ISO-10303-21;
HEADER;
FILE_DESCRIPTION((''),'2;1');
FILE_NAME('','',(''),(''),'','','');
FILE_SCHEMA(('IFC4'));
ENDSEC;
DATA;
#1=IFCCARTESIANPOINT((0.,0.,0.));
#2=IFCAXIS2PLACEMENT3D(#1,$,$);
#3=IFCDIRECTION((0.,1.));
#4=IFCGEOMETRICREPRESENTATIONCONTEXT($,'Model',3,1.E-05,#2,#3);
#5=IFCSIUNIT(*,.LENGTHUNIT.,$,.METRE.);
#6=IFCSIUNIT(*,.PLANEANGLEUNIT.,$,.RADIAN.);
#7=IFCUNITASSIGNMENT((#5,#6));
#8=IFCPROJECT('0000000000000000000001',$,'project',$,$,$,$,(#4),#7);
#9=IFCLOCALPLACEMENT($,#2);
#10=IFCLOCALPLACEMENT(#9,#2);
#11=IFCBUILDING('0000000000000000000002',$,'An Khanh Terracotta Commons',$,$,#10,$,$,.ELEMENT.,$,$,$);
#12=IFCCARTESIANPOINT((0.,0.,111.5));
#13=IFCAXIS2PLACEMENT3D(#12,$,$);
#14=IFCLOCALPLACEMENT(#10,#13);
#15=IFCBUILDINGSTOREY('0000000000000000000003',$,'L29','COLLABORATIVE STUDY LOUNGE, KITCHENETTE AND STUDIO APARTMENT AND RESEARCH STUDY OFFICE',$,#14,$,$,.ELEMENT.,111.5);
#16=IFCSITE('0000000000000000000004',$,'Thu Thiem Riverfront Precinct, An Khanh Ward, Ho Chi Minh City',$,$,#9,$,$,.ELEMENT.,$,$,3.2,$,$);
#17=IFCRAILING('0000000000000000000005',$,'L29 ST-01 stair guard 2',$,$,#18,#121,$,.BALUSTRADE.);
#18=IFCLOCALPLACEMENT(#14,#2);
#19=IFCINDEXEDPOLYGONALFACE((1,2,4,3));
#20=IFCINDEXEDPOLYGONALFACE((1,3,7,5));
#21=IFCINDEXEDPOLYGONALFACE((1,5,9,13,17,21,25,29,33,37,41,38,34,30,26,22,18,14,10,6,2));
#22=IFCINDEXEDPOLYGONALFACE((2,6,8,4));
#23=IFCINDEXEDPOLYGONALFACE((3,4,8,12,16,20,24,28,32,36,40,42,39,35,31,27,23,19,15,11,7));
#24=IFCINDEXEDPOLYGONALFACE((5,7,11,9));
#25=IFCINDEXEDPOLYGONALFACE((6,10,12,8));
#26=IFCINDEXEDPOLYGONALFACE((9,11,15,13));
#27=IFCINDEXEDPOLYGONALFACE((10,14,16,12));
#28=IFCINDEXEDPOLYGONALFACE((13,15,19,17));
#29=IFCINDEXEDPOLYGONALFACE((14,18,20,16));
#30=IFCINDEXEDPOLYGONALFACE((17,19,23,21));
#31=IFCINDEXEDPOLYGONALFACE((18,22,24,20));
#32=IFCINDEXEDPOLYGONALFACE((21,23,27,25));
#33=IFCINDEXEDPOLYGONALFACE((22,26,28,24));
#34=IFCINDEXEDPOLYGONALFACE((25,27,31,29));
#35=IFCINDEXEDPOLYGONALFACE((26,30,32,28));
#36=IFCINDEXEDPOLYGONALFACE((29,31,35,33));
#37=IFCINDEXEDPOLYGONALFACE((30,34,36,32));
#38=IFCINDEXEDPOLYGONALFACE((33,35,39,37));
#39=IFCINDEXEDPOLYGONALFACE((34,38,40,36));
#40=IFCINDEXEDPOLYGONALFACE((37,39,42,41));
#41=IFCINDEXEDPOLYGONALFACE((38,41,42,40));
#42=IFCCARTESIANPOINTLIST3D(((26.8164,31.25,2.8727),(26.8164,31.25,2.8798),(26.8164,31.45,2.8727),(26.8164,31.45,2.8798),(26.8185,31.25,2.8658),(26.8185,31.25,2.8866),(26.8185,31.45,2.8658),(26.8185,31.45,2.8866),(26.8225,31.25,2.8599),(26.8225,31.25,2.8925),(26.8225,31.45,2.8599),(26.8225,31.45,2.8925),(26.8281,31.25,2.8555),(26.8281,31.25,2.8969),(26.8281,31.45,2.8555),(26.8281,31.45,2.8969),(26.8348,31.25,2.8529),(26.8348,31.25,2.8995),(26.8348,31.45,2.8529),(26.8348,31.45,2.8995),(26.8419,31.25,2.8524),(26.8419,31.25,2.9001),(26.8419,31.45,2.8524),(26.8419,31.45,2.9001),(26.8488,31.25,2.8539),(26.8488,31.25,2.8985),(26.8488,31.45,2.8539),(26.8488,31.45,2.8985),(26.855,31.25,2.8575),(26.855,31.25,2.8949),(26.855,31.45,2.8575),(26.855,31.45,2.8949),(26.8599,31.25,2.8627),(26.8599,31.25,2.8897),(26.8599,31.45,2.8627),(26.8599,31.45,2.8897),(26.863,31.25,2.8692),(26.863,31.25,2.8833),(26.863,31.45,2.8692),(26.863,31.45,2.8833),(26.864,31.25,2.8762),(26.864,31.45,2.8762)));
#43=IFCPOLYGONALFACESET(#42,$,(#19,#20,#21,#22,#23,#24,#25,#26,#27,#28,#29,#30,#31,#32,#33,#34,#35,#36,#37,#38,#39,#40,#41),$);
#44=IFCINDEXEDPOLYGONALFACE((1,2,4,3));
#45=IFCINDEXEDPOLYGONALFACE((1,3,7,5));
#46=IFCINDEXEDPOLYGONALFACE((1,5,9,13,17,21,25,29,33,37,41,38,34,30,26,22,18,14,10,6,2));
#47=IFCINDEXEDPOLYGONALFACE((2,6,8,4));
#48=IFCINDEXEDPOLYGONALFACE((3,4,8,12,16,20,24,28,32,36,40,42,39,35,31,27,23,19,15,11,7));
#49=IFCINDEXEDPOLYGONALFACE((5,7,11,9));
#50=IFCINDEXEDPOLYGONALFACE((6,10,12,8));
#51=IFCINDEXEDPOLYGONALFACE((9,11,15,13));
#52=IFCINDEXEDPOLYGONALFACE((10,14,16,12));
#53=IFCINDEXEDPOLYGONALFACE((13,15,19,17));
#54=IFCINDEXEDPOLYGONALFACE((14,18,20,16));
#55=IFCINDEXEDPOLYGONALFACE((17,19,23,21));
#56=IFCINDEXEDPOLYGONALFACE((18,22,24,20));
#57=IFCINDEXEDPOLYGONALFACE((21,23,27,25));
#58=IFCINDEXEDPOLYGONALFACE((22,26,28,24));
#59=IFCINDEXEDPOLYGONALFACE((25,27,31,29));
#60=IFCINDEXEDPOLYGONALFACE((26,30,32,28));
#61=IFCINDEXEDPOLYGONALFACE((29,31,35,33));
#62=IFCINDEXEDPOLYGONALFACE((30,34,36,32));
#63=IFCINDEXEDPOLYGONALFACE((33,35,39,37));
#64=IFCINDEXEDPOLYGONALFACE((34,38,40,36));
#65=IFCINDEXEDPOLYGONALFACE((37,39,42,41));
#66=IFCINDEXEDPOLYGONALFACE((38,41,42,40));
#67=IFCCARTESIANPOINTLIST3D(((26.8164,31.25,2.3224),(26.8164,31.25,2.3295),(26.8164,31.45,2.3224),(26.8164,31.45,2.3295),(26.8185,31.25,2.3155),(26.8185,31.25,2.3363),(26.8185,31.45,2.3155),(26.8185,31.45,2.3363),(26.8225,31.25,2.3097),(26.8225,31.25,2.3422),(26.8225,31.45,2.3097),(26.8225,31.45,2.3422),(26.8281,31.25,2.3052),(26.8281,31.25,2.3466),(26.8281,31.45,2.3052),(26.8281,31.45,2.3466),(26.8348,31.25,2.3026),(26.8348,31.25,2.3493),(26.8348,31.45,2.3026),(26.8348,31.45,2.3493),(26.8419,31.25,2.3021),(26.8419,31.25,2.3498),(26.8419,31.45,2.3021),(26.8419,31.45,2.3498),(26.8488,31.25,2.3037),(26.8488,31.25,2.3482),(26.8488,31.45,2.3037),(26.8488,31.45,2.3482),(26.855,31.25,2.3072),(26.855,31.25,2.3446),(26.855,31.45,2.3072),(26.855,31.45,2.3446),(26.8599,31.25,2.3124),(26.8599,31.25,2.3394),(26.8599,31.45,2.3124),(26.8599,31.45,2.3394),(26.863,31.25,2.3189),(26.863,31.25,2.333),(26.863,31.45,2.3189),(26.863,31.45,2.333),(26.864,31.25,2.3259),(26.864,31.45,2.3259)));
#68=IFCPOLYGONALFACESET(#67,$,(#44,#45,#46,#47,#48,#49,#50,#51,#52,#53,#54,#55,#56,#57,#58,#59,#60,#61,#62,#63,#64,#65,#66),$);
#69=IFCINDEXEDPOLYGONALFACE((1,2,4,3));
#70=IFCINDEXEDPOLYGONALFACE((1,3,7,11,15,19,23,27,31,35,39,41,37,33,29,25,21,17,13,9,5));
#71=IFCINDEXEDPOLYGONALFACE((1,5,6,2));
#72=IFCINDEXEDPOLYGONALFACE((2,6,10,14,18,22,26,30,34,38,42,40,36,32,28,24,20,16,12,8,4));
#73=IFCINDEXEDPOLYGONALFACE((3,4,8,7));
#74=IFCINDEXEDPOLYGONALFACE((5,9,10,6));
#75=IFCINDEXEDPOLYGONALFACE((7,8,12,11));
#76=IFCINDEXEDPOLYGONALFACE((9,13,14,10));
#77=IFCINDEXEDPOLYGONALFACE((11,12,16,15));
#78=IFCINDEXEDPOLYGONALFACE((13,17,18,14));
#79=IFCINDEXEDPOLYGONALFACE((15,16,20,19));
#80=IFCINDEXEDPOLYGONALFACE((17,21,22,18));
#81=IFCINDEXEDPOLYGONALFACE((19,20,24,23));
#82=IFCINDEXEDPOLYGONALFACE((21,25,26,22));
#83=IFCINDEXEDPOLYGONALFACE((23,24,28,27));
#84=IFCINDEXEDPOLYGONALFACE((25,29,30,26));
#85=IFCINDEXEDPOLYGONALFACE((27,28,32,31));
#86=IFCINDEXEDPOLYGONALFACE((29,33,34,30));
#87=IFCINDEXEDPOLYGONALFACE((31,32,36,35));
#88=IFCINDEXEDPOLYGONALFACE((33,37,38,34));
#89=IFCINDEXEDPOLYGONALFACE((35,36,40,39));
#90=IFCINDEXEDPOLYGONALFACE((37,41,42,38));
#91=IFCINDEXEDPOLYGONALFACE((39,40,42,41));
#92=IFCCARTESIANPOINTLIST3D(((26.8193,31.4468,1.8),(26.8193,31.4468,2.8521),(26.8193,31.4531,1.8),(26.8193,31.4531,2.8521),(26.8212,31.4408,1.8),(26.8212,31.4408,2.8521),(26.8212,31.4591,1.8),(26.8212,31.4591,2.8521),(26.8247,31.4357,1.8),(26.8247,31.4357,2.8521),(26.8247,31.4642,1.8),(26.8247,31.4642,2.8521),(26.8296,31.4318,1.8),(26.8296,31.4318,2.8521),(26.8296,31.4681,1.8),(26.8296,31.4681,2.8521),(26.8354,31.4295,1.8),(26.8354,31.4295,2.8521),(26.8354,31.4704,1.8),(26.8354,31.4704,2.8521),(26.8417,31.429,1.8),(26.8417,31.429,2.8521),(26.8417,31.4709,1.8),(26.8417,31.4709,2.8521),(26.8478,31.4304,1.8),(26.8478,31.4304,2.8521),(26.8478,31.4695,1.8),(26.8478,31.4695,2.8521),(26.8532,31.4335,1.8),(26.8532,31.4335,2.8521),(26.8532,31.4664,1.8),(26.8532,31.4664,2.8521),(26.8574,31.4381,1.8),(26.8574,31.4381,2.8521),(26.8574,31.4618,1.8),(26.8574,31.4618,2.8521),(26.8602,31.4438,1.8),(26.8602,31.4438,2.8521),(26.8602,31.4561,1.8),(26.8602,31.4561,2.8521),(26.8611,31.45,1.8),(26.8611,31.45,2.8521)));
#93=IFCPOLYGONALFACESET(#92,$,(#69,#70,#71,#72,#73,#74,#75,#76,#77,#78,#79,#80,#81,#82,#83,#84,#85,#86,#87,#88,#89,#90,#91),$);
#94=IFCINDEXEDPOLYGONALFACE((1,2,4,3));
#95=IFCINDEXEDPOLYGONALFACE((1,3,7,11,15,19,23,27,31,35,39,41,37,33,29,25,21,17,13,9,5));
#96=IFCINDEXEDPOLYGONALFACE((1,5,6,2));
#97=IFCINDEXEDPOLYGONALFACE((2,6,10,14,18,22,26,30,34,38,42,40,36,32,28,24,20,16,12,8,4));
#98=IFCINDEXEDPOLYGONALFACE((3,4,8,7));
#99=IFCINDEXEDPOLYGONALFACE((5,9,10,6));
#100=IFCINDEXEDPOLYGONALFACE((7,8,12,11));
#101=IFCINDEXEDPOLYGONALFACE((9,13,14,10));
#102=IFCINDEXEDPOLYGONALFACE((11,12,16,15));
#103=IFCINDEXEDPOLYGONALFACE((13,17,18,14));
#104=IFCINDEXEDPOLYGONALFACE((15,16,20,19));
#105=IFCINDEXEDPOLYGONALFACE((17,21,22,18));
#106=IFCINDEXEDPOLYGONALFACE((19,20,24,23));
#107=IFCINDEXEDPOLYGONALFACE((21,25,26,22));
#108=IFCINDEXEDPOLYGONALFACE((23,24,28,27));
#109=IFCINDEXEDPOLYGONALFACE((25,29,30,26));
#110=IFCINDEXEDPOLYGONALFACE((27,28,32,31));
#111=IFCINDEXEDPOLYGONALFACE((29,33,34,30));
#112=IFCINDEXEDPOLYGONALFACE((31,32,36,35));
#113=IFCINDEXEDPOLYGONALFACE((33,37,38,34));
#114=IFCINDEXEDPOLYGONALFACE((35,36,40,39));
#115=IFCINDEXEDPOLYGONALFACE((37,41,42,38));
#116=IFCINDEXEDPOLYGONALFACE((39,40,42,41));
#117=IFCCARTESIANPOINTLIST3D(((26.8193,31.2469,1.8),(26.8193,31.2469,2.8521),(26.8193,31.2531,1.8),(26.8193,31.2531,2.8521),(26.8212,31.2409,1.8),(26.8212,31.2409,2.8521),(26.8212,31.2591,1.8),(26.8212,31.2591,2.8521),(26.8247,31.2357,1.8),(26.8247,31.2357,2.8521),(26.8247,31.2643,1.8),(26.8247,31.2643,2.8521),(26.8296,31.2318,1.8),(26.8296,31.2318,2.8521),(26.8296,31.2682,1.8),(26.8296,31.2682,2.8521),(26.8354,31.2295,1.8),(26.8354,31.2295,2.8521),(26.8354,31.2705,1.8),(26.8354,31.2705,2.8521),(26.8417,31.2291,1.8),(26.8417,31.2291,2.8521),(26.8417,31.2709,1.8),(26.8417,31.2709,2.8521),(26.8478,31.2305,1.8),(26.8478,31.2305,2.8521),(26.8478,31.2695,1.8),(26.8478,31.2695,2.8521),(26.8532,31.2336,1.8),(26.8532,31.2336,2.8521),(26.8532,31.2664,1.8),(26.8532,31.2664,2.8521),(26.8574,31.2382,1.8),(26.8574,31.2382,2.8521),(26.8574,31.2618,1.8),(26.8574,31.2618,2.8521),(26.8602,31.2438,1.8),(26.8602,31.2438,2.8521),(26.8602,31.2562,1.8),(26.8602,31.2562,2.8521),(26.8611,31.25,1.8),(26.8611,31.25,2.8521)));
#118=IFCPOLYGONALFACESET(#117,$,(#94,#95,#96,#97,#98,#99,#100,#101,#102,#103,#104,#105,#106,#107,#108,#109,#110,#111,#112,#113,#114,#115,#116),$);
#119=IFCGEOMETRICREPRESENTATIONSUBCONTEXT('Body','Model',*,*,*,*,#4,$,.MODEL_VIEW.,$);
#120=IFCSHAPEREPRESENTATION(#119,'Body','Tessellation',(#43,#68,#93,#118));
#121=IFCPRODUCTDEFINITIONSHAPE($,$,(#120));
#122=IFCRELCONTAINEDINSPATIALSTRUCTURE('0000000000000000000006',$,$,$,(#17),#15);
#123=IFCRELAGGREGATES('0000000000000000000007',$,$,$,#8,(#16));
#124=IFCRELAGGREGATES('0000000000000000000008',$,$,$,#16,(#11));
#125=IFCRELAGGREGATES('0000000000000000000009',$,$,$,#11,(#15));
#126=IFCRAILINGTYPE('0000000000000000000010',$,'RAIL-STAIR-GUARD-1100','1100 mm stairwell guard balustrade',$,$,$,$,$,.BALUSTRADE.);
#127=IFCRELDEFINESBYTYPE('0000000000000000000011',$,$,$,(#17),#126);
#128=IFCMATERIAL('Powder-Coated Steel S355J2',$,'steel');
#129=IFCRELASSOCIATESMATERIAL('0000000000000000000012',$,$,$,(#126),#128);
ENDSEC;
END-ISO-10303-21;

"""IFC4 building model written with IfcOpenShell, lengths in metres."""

from ifc_helpers import new_model, si_unit, direction, frame, origin, origin_2d, place, context, subcontext, project, spatial, circle, extrude, material, type_object, element, save


model = new_model("IFC4")

# Units and contexts
model_context = context("Model", 3, precision=1e-05, world=origin(), true_north=direction((0.0, 1.0)))
body_context = subcontext(model_context, "Body", "Model", "MODEL_VIEW")
ifc_project = project(units=[si_unit("LENGTHUNIT", "METRE"), si_unit("PLANEANGLEUNIT", "RADIAN")], contexts=[model_context])

# Site, building, storey
site_placement = place(None, origin())
site = spatial("IfcSite", under=ifc_project, at=site_placement, Name="Thu Thiem Riverfront Precinct, An Khanh Ward, Ho Chi Minh City", CompositionType="ELEMENT", RefElevation=3.2)
building_placement = place(site_placement, origin())
building = spatial("IfcBuilding", under=site, at=building_placement, Name="An Khanh Terracotta Commons", CompositionType="ELEMENT")
storey_placement = place(building_placement, frame((0.0, 0.0, 111.5)))
storey = spatial("IfcBuildingStorey", under=building, at=storey_placement, Name="L29", Description="COLLABORATIVE STUDY LOUNGE, KITCHENETTE AND STUDIO APARTMENT AND RESEARCH STUDY OFFICE", CompositionType="ELEMENT", Elevation=111.5)

# Railing
ifc_material_1 = material(Name="Powder-Coated Steel S355J2", Category="steel")
railing_type_1 = type_object("IfcRailingType", Name="RAIL-STAIR-GUARD-1100", Description="1100 mm stairwell guard balustrade", PredefinedType="BALUSTRADE", material=ifc_material_1)
railing_1_placement = place(storey_placement, frame((26.8401, 31.45, 1.8)))
element("IfcRailing", 1, at=railing_1_placement, inside=storey, type_object=railing_type_1, Name="L29 ST-01 stair guard 2", PredefinedType="BALUSTRADE", context=body_context, shape_type="SweptSolid", body=[
    extrude(circle(Radius=0.0239, at=origin_2d()), frame((0.0, 0.0, 1.0762), z_axis=(0.0, -1.0, 0.0), x_axis=(1.0, 0.0, 0.0)), (0.0, 0.0, 1.0), 0.2),
    extrude(circle(Radius=0.0239, at=origin_2d()), frame((0.0, 0.0, 0.5259), z_axis=(0.0, -1.0, 0.0), x_axis=(1.0, 0.0, 0.0)), (0.0, 0.0, 1.0), 0.2),
    extrude(circle(Radius=0.021, at=origin_2d()), origin(), (0.0, 0.0, 1.0), 1.052),
    extrude(circle(Radius=0.021, at=origin_2d()), frame((0.0, -0.2, 0.0)), (0.0, 0.0, 1.0), 1.052),
])

save(model, "model.ifc")
